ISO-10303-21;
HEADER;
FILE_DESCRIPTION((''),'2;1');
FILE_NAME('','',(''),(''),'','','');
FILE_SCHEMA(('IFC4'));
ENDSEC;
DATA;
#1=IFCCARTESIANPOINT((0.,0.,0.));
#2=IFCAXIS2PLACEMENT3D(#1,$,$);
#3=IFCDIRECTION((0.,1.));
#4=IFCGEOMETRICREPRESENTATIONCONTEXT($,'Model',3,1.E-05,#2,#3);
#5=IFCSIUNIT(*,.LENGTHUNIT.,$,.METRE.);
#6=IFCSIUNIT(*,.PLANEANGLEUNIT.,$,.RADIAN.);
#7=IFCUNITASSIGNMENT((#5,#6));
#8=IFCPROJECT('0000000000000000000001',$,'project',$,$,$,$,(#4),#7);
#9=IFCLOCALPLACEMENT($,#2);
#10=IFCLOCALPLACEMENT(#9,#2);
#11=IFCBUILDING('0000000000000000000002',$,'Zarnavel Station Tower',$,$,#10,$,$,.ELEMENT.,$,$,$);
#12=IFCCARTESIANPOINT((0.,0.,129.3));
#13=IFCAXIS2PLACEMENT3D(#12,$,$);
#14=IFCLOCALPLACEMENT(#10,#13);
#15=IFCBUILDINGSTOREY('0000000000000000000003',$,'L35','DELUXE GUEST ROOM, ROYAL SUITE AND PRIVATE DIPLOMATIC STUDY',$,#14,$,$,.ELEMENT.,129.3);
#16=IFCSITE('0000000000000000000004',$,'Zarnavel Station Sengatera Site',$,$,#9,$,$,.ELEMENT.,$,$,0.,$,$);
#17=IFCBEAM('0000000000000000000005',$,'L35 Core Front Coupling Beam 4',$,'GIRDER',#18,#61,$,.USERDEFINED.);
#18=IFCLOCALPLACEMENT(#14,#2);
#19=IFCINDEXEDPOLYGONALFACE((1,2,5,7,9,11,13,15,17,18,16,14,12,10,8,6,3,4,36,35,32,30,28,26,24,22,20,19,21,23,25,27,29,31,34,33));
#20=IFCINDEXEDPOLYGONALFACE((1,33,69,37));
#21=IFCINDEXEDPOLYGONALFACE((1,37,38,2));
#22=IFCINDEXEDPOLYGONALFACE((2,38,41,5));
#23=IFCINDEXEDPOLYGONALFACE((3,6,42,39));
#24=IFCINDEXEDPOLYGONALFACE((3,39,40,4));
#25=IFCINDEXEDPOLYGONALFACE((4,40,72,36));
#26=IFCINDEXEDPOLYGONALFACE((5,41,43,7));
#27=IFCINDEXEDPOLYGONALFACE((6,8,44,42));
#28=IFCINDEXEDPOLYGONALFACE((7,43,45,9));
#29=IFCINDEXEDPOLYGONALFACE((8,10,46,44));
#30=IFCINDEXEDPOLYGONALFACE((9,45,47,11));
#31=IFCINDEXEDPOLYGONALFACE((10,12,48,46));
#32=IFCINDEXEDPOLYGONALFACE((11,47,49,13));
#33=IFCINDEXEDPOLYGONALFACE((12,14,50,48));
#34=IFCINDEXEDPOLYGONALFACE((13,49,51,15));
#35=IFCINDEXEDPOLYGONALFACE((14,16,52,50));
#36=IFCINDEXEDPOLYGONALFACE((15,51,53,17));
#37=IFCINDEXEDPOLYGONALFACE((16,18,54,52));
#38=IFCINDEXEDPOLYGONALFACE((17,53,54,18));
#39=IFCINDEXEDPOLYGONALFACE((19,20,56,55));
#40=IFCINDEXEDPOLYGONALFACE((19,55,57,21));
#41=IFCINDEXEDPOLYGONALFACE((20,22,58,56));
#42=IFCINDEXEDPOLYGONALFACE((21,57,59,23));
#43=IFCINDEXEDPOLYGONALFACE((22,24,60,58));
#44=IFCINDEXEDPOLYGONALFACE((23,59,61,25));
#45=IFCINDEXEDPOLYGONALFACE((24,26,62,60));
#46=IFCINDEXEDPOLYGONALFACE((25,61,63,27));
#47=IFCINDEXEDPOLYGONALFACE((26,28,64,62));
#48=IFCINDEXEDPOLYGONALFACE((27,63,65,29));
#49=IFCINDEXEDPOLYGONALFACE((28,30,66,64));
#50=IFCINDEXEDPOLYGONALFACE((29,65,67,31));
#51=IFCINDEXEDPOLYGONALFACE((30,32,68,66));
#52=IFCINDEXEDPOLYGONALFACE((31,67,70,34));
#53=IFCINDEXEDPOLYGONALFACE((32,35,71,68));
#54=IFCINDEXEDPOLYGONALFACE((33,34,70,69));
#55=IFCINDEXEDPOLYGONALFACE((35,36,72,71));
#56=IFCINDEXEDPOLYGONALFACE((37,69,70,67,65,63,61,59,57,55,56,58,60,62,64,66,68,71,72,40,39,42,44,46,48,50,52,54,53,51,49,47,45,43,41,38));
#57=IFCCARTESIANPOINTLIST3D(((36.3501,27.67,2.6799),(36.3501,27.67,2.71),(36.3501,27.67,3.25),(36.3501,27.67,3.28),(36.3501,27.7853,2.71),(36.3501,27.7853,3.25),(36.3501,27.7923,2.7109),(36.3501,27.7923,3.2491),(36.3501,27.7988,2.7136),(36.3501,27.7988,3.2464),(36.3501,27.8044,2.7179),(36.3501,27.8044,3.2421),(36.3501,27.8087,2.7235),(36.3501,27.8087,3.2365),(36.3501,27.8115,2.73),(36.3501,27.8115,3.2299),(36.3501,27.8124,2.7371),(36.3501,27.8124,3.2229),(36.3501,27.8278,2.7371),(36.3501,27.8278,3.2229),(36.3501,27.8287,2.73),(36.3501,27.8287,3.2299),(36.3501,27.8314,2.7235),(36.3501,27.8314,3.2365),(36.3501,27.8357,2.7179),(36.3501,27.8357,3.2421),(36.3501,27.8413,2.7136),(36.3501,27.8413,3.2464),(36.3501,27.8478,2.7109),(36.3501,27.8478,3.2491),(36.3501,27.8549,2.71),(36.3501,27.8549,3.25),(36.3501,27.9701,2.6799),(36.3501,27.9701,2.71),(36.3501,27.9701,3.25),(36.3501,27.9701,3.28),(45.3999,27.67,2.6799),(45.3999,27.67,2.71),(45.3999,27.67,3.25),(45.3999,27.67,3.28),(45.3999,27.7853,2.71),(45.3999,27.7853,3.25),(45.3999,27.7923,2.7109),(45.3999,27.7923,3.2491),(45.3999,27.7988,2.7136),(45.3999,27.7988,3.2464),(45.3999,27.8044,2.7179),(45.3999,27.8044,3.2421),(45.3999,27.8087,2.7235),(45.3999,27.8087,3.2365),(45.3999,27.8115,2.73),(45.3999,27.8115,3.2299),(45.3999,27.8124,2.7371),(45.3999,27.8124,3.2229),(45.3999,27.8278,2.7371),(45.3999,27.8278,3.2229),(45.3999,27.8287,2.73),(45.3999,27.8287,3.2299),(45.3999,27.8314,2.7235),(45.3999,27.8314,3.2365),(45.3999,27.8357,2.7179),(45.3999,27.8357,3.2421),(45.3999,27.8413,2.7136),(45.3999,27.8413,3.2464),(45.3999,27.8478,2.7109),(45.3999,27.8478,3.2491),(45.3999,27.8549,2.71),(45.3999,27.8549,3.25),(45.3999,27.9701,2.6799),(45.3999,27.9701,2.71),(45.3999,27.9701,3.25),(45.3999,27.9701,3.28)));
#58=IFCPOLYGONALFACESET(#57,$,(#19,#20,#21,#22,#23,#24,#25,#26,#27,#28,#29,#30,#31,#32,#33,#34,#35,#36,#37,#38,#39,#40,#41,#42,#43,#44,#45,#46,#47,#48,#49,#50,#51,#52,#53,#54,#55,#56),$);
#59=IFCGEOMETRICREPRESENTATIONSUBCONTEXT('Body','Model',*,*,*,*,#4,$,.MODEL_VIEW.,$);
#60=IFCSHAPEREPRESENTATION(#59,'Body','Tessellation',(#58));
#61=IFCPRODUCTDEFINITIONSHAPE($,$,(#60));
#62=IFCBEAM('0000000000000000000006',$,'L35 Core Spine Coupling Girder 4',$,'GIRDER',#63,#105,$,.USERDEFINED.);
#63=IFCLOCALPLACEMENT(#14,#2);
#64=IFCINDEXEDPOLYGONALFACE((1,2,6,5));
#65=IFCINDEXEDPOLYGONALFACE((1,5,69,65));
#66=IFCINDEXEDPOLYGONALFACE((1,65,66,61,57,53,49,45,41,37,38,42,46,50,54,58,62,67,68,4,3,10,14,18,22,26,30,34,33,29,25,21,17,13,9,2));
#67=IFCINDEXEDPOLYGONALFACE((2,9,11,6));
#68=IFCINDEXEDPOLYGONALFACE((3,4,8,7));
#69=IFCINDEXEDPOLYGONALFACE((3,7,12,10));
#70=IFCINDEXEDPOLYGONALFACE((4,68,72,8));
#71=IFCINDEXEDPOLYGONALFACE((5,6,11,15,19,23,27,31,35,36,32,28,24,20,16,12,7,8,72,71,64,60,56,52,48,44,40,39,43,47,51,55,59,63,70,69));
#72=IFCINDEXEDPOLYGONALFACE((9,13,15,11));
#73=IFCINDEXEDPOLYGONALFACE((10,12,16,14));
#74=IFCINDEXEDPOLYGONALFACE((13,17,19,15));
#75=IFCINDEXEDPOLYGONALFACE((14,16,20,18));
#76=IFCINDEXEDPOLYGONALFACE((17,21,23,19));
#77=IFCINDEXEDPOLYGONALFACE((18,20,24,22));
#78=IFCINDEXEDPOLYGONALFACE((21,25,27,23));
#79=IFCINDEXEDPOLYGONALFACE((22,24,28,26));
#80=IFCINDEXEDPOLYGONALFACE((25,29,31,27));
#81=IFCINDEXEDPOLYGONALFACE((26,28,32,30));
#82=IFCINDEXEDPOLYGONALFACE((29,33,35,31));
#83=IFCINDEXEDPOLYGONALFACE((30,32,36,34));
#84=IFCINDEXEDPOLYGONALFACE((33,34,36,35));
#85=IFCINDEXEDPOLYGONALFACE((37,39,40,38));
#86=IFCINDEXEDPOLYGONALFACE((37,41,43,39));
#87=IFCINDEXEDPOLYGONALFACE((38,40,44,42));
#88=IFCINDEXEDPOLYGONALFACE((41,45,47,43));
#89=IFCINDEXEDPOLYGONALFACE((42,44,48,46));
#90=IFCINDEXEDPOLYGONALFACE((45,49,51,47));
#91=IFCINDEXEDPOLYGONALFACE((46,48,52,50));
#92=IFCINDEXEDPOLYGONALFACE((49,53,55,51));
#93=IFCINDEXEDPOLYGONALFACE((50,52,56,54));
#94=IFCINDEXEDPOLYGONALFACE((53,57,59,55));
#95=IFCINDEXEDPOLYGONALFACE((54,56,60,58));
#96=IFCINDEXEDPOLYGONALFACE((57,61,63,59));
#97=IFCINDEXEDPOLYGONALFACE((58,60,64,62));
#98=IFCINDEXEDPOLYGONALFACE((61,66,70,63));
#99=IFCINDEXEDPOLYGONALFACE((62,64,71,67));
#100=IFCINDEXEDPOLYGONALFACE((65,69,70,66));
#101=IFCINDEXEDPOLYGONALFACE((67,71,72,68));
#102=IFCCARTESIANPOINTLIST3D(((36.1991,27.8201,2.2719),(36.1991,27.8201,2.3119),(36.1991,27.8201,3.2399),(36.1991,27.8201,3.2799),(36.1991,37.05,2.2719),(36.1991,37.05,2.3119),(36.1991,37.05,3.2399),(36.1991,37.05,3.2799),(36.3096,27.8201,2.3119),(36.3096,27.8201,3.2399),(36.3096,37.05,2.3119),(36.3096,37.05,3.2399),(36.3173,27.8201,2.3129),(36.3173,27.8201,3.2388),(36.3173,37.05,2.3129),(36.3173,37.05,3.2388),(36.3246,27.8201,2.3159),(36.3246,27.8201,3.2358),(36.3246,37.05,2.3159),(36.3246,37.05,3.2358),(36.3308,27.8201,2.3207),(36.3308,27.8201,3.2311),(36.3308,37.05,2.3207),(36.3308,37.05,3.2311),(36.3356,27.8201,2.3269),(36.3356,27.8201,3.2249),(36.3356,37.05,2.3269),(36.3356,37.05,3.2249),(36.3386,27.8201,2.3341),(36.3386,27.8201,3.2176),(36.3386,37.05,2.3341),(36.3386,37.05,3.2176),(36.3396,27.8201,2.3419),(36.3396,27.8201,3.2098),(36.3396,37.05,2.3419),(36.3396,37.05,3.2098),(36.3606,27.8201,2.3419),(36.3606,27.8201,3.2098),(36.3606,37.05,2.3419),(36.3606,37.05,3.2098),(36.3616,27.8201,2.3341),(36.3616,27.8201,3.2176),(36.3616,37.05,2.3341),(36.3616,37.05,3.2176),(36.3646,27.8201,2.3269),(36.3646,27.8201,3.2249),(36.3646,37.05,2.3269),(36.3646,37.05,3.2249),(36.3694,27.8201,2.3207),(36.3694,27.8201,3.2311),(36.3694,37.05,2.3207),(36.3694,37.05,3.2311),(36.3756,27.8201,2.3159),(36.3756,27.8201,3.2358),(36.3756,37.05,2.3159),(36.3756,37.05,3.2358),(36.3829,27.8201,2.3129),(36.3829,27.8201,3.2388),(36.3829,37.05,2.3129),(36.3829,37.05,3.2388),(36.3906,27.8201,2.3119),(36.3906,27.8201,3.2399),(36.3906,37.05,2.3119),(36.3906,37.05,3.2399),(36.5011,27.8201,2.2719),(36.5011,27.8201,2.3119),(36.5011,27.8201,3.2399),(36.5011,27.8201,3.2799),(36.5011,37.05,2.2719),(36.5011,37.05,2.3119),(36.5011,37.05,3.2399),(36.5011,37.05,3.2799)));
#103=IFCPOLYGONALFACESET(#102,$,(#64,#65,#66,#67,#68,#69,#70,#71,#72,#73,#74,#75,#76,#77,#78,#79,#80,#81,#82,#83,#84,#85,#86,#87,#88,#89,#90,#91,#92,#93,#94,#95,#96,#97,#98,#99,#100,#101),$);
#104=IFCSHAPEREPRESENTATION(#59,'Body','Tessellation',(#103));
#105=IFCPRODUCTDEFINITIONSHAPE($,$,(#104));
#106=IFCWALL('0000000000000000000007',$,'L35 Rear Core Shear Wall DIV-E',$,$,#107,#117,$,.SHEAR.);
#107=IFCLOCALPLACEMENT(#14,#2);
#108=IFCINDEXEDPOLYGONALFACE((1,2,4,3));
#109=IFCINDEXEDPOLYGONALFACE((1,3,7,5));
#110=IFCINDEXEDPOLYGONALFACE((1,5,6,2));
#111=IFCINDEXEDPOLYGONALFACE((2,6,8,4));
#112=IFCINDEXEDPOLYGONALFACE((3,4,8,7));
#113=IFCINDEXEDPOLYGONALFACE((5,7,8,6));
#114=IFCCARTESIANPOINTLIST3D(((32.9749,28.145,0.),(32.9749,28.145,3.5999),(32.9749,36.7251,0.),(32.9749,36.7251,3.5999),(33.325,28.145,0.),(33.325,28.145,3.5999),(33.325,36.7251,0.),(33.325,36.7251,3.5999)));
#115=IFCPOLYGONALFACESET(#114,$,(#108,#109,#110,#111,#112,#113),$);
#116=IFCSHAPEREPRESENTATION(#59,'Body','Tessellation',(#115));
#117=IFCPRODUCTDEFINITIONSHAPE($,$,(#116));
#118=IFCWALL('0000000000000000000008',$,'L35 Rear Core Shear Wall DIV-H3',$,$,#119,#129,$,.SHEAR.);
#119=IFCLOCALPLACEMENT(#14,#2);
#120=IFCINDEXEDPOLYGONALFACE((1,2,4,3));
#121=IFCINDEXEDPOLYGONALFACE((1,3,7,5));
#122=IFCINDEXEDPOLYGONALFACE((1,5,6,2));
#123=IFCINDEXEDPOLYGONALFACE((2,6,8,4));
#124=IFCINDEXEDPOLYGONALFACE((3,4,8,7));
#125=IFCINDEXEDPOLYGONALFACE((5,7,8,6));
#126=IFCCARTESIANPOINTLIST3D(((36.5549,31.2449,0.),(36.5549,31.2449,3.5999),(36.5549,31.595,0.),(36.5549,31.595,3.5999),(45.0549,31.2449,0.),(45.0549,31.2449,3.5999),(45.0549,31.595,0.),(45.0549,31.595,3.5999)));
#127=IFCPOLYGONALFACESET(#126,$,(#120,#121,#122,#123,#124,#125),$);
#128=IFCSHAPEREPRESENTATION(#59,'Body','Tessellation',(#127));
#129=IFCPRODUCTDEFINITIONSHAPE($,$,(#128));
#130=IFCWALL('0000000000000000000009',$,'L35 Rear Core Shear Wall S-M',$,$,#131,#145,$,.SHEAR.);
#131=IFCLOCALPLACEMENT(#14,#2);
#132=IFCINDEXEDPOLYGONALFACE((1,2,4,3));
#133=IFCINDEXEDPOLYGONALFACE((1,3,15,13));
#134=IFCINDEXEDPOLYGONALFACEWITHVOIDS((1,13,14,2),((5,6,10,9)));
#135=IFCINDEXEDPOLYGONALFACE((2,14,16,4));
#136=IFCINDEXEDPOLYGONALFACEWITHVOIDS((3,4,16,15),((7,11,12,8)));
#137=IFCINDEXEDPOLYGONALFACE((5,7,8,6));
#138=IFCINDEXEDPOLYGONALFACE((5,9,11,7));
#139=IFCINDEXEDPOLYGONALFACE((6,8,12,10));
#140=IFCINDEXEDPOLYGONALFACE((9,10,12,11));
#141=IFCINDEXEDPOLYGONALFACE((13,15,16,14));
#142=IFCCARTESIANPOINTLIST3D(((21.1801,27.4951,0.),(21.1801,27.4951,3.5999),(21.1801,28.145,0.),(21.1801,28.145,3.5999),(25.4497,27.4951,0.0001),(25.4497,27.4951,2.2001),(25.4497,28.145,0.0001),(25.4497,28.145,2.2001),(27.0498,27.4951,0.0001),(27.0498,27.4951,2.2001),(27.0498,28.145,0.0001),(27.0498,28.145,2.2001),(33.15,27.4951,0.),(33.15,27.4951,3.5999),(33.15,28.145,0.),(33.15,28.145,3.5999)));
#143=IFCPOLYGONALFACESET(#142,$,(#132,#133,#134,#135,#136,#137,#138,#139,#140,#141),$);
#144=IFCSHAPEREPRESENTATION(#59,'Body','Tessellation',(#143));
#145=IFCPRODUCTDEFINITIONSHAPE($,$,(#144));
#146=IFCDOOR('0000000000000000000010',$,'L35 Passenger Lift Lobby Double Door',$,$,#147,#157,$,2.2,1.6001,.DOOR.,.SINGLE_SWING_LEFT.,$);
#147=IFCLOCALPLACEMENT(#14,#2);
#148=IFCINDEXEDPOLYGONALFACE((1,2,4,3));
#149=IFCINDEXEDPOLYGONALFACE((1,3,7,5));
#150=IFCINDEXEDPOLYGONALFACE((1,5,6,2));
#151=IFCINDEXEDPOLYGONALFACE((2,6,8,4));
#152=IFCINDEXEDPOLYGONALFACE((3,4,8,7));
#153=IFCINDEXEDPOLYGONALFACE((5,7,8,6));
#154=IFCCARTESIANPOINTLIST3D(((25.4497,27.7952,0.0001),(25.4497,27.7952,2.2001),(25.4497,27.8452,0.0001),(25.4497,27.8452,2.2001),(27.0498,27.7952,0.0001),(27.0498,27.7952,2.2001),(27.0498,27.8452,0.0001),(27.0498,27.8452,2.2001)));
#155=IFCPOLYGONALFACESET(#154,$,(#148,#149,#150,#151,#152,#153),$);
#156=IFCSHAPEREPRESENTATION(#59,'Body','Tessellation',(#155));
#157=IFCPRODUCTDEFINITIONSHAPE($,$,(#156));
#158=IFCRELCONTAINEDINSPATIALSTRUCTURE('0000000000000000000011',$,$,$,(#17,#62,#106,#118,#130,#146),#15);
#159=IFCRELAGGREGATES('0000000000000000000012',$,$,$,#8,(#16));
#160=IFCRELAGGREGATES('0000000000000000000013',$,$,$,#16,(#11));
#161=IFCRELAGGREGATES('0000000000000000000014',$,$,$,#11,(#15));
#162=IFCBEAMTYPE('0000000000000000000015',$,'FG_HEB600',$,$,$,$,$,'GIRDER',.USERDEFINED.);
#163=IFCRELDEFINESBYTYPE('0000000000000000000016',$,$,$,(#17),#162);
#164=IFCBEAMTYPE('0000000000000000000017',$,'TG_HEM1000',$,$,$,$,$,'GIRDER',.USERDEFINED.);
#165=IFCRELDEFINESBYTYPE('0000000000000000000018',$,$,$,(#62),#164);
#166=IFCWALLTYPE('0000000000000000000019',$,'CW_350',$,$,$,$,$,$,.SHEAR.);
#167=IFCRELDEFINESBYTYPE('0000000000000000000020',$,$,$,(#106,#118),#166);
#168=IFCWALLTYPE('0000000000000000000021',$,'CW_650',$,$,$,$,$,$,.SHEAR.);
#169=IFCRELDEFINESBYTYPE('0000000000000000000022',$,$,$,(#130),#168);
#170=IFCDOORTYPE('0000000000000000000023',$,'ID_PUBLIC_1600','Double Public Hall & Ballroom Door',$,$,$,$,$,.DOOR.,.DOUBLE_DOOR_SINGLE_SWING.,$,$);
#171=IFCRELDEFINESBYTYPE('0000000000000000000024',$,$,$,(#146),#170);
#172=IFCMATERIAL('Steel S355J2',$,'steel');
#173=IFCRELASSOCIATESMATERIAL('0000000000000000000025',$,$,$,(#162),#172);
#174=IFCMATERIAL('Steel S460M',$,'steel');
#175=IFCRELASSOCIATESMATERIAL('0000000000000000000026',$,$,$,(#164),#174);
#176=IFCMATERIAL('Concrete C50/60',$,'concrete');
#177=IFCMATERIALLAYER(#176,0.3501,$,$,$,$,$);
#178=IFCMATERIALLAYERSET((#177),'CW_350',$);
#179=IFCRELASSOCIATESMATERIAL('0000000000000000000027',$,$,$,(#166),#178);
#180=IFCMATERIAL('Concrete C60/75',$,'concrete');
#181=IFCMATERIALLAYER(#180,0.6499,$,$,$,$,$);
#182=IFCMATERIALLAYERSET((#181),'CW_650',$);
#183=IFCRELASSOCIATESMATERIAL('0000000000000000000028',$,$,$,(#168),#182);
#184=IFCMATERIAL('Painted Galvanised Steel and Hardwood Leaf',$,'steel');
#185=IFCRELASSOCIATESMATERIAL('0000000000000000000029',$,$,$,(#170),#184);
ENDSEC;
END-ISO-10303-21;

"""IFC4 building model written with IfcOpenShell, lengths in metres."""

from ifc_helpers import new_model, si_unit, direction, frame, frame_2d, origin, origin_2d, place, context, subcontext, project, spatial, rectangle, i_section, extrude, material, layer, layer_set, material_profile, profile_set, type_object, element, fill, save


model = new_model("IFC4")

# Units and contexts
model_context = context("Model", 3, precision=1e-05, world=origin(), true_north=direction((0.0, 1.0)))
body_context = subcontext(model_context, "Body", "Model", "MODEL_VIEW")
ifc_project = project(units=[si_unit("LENGTHUNIT", "METRE"), si_unit("PLANEANGLEUNIT", "RADIAN")], contexts=[model_context])

# Site, building, storey
site_placement = place(None, origin())
site = spatial("IfcSite", under=ifc_project, at=site_placement, Name="Zarnavel Station Sengatera Site", CompositionType="ELEMENT", RefElevation=0.0)
building_placement = place(site_placement, origin())
building = spatial("IfcBuilding", under=site, at=building_placement, Name="Zarnavel Station Tower", CompositionType="ELEMENT")
storey_placement = place(building_placement, frame((0.0, 0.0, 129.3)))
storey = spatial("IfcBuildingStorey", under=building, at=storey_placement, Name="L35", Description="DELUXE GUEST ROOM, ROYAL SUITE AND PRIVATE DIPLOMATIC STUDY", CompositionType="ELEMENT", Elevation=129.3)

# Beams
ifc_material_1 = material(Name="Steel S355J2", Category="steel")
ifc_material_profile_1 = material_profile(ifc_material_1, i_section(OverallWidth=0.3, OverallDepth=0.6001, WebThickness=0.0154, FlangeThickness=0.03, FilletRadius=0.0271, at=origin_2d()), Name="HEB600")
ifc_profile_set_1 = profile_set([ifc_material_profile_1], Name="Steel S355J2")
beam_type_1 = type_object("IfcBeamType", Name="FG_HEB600", ElementType="GIRDER", PredefinedType="USERDEFINED", material=ifc_profile_set_1)
beam_1_placement = place(storey_placement, frame((36.3501, 27.8201, 2.98), z_axis=(1.0, 0.0, 0.0), x_axis=(0.0, 1.0, 0.0)))
element("IfcBeam", 1, at=beam_1_placement, inside=storey, type_object=beam_type_1, Name="L35 Core Front Coupling Beam 4", ObjectType="GIRDER", PredefinedType="USERDEFINED", context=body_context, shape_type="SweptSolid", body=[
    extrude(i_section(OverallWidth=0.3, OverallDepth=0.6001, WebThickness=0.0154, FlangeThickness=0.03, FilletRadius=0.0271, at=origin_2d()), origin(), (0.0, 0.0, 1.0), 9.0498),
])
ifc_material_2 = material(Name="Steel S460M", Category="steel")
ifc_material_profile_2 = material_profile(ifc_material_2, i_section(OverallWidth=0.302, OverallDepth=1.0081, WebThickness=0.021, FlangeThickness=0.04, FilletRadius=0.03, at=origin_2d()), Name="HEM1000")
ifc_profile_set_2 = profile_set([ifc_material_profile_2], Name="Steel S460M")
beam_type_2 = type_object("IfcBeamType", Name="TG_HEM1000", ElementType="GIRDER", PredefinedType="USERDEFINED", material=ifc_profile_set_2)
beam_2_placement = place(storey_placement, frame((36.3501, 27.8201, 2.7759), z_axis=(0.0, 1.0, 0.0), x_axis=(-1.0, 0.0, 0.0)))
element("IfcBeam", 2, at=beam_2_placement, inside=storey, type_object=beam_type_2, Name="L35 Core Spine Coupling Girder 4", ObjectType="GIRDER", PredefinedType="USERDEFINED", context=body_context, shape_type="SweptSolid", body=[
    extrude(i_section(OverallWidth=0.302, OverallDepth=1.0081, WebThickness=0.021, FlangeThickness=0.04, FilletRadius=0.03, at=origin_2d()), origin(), (0.0, 0.0, 1.0), 9.23),
])

# Wall
ifc_material_3 = material(Name="Concrete C50/60", Category="concrete")
ifc_layer_1 = layer(ifc_material_3, 0.3501)
ifc_layer_set_1 = layer_set([ifc_layer_1], Name="CW_350")
wall_type_1 = type_object("IfcWallType", Name="CW_350", PredefinedType="SHEAR", material=ifc_layer_set_1)
wall_1_placement = place(storey_placement, frame((33.1499, 28.145, 0.0), z_axis=(0.0, 0.0, 1.0), x_axis=(0.0, 1.0, 0.0)))
element("IfcWall", 3, at=wall_1_placement, inside=storey, type_object=wall_type_1, Name="L35 Rear Core Shear Wall DIV-E", PredefinedType="SHEAR", context=body_context, shape_type="SweptSolid", body=[
    extrude(rectangle(XDim=8.5801, YDim=0.3501, at=frame_2d((4.29, 0.0))), origin(), (0.0, 0.0, 1.0), 3.5999),
])

# Wall
wall_2_placement = place(storey_placement, frame((36.5549, 31.4199, 0.0), z_axis=(0.0, 0.0, 1.0), x_axis=(1.0, 0.0, 0.0)))
element("IfcWall", 4, at=wall_2_placement, inside=storey, type_object=wall_type_1, Name="L35 Rear Core Shear Wall DIV-H3", PredefinedType="SHEAR", context=body_context, shape_type="SweptSolid", body=[
    extrude(rectangle(XDim=8.5, YDim=0.3501, at=frame_2d((4.25, 0.0))), origin(), (0.0, 0.0, 1.0), 3.5999),
])

# Wall, opening, door
ifc_material_4 = material(Name="Concrete C60/75", Category="concrete")
ifc_layer_2 = layer(ifc_material_4, 0.6499)
ifc_layer_set_2 = layer_set([ifc_layer_2], Name="CW_650")
wall_type_2 = type_object("IfcWallType", Name="CW_650", PredefinedType="SHEAR", material=ifc_layer_set_2)
wall_3_placement = place(storey_placement, frame((33.1499, 27.8201, 0.0), z_axis=(0.0, 0.0, 1.0), x_axis=(-1.0, 0.0, 0.0)))
wall_3 = element("IfcWall", 5, at=wall_3_placement, inside=storey, type_object=wall_type_2, Name="L35 Rear Core Shear Wall S-M", PredefinedType="SHEAR", context=body_context, shape_type="SweptSolid", body=[
    extrude(rectangle(XDim=11.97, YDim=0.6499, at=frame_2d((5.9849, 0.0))), origin(), (0.0, 0.0, 1.0), 3.5999),
])
opening_1_placement = place(wall_3_placement, frame((6.1001, 0.0, 0.0)))
opening_1 = element("IfcOpeningElement", 6, at=opening_1_placement, cuts=wall_3, PredefinedType="OPENING", context=body_context, shape_type="SweptSolid", body=[
    extrude(rectangle(XDim=1.6001, YDim=2.2, at=frame_2d((0.8, 1.1001))), frame((0.0, 0.335, 0.0), z_axis=(0.0, -1.0, 0.0), x_axis=(1.0, 0.0, 0.0)), (0.0, 0.0, 1.0), 0.6699),
])
ifc_material_5 = material(Name="Painted Galvanised Steel and Hardwood Leaf", Category="steel")
door_type_1 = type_object("IfcDoorType", Name="ID_PUBLIC_1600", Description="Double Public Hall & Ballroom Door", OperationType="DOUBLE_DOOR_SINGLE_SWING", PredefinedType="DOOR", material=ifc_material_5)
door_1_placement = place(opening_1_placement, origin())
door_1 = element("IfcDoor", 7, at=door_1_placement, inside=storey, type_object=door_type_1, Name="L35 Passenger Lift Lobby Double Door", OperationType="SINGLE_SWING_LEFT", OverallHeight=2.2, OverallWidth=1.6001, PredefinedType="DOOR", context=body_context, shape_type="SweptSolid", body=[
    extrude(rectangle(XDim=1.6001, YDim=2.2, at=frame_2d((0.8, 1.1001))), frame((0.0, 0.0249, 0.0), z_axis=(0.0, -1.0, 0.0), x_axis=(1.0, 0.0, 0.0)), (0.0, 0.0, 1.0), 0.05),
])
fill(opening_1, door_1)

save(model, "model.ifc")
